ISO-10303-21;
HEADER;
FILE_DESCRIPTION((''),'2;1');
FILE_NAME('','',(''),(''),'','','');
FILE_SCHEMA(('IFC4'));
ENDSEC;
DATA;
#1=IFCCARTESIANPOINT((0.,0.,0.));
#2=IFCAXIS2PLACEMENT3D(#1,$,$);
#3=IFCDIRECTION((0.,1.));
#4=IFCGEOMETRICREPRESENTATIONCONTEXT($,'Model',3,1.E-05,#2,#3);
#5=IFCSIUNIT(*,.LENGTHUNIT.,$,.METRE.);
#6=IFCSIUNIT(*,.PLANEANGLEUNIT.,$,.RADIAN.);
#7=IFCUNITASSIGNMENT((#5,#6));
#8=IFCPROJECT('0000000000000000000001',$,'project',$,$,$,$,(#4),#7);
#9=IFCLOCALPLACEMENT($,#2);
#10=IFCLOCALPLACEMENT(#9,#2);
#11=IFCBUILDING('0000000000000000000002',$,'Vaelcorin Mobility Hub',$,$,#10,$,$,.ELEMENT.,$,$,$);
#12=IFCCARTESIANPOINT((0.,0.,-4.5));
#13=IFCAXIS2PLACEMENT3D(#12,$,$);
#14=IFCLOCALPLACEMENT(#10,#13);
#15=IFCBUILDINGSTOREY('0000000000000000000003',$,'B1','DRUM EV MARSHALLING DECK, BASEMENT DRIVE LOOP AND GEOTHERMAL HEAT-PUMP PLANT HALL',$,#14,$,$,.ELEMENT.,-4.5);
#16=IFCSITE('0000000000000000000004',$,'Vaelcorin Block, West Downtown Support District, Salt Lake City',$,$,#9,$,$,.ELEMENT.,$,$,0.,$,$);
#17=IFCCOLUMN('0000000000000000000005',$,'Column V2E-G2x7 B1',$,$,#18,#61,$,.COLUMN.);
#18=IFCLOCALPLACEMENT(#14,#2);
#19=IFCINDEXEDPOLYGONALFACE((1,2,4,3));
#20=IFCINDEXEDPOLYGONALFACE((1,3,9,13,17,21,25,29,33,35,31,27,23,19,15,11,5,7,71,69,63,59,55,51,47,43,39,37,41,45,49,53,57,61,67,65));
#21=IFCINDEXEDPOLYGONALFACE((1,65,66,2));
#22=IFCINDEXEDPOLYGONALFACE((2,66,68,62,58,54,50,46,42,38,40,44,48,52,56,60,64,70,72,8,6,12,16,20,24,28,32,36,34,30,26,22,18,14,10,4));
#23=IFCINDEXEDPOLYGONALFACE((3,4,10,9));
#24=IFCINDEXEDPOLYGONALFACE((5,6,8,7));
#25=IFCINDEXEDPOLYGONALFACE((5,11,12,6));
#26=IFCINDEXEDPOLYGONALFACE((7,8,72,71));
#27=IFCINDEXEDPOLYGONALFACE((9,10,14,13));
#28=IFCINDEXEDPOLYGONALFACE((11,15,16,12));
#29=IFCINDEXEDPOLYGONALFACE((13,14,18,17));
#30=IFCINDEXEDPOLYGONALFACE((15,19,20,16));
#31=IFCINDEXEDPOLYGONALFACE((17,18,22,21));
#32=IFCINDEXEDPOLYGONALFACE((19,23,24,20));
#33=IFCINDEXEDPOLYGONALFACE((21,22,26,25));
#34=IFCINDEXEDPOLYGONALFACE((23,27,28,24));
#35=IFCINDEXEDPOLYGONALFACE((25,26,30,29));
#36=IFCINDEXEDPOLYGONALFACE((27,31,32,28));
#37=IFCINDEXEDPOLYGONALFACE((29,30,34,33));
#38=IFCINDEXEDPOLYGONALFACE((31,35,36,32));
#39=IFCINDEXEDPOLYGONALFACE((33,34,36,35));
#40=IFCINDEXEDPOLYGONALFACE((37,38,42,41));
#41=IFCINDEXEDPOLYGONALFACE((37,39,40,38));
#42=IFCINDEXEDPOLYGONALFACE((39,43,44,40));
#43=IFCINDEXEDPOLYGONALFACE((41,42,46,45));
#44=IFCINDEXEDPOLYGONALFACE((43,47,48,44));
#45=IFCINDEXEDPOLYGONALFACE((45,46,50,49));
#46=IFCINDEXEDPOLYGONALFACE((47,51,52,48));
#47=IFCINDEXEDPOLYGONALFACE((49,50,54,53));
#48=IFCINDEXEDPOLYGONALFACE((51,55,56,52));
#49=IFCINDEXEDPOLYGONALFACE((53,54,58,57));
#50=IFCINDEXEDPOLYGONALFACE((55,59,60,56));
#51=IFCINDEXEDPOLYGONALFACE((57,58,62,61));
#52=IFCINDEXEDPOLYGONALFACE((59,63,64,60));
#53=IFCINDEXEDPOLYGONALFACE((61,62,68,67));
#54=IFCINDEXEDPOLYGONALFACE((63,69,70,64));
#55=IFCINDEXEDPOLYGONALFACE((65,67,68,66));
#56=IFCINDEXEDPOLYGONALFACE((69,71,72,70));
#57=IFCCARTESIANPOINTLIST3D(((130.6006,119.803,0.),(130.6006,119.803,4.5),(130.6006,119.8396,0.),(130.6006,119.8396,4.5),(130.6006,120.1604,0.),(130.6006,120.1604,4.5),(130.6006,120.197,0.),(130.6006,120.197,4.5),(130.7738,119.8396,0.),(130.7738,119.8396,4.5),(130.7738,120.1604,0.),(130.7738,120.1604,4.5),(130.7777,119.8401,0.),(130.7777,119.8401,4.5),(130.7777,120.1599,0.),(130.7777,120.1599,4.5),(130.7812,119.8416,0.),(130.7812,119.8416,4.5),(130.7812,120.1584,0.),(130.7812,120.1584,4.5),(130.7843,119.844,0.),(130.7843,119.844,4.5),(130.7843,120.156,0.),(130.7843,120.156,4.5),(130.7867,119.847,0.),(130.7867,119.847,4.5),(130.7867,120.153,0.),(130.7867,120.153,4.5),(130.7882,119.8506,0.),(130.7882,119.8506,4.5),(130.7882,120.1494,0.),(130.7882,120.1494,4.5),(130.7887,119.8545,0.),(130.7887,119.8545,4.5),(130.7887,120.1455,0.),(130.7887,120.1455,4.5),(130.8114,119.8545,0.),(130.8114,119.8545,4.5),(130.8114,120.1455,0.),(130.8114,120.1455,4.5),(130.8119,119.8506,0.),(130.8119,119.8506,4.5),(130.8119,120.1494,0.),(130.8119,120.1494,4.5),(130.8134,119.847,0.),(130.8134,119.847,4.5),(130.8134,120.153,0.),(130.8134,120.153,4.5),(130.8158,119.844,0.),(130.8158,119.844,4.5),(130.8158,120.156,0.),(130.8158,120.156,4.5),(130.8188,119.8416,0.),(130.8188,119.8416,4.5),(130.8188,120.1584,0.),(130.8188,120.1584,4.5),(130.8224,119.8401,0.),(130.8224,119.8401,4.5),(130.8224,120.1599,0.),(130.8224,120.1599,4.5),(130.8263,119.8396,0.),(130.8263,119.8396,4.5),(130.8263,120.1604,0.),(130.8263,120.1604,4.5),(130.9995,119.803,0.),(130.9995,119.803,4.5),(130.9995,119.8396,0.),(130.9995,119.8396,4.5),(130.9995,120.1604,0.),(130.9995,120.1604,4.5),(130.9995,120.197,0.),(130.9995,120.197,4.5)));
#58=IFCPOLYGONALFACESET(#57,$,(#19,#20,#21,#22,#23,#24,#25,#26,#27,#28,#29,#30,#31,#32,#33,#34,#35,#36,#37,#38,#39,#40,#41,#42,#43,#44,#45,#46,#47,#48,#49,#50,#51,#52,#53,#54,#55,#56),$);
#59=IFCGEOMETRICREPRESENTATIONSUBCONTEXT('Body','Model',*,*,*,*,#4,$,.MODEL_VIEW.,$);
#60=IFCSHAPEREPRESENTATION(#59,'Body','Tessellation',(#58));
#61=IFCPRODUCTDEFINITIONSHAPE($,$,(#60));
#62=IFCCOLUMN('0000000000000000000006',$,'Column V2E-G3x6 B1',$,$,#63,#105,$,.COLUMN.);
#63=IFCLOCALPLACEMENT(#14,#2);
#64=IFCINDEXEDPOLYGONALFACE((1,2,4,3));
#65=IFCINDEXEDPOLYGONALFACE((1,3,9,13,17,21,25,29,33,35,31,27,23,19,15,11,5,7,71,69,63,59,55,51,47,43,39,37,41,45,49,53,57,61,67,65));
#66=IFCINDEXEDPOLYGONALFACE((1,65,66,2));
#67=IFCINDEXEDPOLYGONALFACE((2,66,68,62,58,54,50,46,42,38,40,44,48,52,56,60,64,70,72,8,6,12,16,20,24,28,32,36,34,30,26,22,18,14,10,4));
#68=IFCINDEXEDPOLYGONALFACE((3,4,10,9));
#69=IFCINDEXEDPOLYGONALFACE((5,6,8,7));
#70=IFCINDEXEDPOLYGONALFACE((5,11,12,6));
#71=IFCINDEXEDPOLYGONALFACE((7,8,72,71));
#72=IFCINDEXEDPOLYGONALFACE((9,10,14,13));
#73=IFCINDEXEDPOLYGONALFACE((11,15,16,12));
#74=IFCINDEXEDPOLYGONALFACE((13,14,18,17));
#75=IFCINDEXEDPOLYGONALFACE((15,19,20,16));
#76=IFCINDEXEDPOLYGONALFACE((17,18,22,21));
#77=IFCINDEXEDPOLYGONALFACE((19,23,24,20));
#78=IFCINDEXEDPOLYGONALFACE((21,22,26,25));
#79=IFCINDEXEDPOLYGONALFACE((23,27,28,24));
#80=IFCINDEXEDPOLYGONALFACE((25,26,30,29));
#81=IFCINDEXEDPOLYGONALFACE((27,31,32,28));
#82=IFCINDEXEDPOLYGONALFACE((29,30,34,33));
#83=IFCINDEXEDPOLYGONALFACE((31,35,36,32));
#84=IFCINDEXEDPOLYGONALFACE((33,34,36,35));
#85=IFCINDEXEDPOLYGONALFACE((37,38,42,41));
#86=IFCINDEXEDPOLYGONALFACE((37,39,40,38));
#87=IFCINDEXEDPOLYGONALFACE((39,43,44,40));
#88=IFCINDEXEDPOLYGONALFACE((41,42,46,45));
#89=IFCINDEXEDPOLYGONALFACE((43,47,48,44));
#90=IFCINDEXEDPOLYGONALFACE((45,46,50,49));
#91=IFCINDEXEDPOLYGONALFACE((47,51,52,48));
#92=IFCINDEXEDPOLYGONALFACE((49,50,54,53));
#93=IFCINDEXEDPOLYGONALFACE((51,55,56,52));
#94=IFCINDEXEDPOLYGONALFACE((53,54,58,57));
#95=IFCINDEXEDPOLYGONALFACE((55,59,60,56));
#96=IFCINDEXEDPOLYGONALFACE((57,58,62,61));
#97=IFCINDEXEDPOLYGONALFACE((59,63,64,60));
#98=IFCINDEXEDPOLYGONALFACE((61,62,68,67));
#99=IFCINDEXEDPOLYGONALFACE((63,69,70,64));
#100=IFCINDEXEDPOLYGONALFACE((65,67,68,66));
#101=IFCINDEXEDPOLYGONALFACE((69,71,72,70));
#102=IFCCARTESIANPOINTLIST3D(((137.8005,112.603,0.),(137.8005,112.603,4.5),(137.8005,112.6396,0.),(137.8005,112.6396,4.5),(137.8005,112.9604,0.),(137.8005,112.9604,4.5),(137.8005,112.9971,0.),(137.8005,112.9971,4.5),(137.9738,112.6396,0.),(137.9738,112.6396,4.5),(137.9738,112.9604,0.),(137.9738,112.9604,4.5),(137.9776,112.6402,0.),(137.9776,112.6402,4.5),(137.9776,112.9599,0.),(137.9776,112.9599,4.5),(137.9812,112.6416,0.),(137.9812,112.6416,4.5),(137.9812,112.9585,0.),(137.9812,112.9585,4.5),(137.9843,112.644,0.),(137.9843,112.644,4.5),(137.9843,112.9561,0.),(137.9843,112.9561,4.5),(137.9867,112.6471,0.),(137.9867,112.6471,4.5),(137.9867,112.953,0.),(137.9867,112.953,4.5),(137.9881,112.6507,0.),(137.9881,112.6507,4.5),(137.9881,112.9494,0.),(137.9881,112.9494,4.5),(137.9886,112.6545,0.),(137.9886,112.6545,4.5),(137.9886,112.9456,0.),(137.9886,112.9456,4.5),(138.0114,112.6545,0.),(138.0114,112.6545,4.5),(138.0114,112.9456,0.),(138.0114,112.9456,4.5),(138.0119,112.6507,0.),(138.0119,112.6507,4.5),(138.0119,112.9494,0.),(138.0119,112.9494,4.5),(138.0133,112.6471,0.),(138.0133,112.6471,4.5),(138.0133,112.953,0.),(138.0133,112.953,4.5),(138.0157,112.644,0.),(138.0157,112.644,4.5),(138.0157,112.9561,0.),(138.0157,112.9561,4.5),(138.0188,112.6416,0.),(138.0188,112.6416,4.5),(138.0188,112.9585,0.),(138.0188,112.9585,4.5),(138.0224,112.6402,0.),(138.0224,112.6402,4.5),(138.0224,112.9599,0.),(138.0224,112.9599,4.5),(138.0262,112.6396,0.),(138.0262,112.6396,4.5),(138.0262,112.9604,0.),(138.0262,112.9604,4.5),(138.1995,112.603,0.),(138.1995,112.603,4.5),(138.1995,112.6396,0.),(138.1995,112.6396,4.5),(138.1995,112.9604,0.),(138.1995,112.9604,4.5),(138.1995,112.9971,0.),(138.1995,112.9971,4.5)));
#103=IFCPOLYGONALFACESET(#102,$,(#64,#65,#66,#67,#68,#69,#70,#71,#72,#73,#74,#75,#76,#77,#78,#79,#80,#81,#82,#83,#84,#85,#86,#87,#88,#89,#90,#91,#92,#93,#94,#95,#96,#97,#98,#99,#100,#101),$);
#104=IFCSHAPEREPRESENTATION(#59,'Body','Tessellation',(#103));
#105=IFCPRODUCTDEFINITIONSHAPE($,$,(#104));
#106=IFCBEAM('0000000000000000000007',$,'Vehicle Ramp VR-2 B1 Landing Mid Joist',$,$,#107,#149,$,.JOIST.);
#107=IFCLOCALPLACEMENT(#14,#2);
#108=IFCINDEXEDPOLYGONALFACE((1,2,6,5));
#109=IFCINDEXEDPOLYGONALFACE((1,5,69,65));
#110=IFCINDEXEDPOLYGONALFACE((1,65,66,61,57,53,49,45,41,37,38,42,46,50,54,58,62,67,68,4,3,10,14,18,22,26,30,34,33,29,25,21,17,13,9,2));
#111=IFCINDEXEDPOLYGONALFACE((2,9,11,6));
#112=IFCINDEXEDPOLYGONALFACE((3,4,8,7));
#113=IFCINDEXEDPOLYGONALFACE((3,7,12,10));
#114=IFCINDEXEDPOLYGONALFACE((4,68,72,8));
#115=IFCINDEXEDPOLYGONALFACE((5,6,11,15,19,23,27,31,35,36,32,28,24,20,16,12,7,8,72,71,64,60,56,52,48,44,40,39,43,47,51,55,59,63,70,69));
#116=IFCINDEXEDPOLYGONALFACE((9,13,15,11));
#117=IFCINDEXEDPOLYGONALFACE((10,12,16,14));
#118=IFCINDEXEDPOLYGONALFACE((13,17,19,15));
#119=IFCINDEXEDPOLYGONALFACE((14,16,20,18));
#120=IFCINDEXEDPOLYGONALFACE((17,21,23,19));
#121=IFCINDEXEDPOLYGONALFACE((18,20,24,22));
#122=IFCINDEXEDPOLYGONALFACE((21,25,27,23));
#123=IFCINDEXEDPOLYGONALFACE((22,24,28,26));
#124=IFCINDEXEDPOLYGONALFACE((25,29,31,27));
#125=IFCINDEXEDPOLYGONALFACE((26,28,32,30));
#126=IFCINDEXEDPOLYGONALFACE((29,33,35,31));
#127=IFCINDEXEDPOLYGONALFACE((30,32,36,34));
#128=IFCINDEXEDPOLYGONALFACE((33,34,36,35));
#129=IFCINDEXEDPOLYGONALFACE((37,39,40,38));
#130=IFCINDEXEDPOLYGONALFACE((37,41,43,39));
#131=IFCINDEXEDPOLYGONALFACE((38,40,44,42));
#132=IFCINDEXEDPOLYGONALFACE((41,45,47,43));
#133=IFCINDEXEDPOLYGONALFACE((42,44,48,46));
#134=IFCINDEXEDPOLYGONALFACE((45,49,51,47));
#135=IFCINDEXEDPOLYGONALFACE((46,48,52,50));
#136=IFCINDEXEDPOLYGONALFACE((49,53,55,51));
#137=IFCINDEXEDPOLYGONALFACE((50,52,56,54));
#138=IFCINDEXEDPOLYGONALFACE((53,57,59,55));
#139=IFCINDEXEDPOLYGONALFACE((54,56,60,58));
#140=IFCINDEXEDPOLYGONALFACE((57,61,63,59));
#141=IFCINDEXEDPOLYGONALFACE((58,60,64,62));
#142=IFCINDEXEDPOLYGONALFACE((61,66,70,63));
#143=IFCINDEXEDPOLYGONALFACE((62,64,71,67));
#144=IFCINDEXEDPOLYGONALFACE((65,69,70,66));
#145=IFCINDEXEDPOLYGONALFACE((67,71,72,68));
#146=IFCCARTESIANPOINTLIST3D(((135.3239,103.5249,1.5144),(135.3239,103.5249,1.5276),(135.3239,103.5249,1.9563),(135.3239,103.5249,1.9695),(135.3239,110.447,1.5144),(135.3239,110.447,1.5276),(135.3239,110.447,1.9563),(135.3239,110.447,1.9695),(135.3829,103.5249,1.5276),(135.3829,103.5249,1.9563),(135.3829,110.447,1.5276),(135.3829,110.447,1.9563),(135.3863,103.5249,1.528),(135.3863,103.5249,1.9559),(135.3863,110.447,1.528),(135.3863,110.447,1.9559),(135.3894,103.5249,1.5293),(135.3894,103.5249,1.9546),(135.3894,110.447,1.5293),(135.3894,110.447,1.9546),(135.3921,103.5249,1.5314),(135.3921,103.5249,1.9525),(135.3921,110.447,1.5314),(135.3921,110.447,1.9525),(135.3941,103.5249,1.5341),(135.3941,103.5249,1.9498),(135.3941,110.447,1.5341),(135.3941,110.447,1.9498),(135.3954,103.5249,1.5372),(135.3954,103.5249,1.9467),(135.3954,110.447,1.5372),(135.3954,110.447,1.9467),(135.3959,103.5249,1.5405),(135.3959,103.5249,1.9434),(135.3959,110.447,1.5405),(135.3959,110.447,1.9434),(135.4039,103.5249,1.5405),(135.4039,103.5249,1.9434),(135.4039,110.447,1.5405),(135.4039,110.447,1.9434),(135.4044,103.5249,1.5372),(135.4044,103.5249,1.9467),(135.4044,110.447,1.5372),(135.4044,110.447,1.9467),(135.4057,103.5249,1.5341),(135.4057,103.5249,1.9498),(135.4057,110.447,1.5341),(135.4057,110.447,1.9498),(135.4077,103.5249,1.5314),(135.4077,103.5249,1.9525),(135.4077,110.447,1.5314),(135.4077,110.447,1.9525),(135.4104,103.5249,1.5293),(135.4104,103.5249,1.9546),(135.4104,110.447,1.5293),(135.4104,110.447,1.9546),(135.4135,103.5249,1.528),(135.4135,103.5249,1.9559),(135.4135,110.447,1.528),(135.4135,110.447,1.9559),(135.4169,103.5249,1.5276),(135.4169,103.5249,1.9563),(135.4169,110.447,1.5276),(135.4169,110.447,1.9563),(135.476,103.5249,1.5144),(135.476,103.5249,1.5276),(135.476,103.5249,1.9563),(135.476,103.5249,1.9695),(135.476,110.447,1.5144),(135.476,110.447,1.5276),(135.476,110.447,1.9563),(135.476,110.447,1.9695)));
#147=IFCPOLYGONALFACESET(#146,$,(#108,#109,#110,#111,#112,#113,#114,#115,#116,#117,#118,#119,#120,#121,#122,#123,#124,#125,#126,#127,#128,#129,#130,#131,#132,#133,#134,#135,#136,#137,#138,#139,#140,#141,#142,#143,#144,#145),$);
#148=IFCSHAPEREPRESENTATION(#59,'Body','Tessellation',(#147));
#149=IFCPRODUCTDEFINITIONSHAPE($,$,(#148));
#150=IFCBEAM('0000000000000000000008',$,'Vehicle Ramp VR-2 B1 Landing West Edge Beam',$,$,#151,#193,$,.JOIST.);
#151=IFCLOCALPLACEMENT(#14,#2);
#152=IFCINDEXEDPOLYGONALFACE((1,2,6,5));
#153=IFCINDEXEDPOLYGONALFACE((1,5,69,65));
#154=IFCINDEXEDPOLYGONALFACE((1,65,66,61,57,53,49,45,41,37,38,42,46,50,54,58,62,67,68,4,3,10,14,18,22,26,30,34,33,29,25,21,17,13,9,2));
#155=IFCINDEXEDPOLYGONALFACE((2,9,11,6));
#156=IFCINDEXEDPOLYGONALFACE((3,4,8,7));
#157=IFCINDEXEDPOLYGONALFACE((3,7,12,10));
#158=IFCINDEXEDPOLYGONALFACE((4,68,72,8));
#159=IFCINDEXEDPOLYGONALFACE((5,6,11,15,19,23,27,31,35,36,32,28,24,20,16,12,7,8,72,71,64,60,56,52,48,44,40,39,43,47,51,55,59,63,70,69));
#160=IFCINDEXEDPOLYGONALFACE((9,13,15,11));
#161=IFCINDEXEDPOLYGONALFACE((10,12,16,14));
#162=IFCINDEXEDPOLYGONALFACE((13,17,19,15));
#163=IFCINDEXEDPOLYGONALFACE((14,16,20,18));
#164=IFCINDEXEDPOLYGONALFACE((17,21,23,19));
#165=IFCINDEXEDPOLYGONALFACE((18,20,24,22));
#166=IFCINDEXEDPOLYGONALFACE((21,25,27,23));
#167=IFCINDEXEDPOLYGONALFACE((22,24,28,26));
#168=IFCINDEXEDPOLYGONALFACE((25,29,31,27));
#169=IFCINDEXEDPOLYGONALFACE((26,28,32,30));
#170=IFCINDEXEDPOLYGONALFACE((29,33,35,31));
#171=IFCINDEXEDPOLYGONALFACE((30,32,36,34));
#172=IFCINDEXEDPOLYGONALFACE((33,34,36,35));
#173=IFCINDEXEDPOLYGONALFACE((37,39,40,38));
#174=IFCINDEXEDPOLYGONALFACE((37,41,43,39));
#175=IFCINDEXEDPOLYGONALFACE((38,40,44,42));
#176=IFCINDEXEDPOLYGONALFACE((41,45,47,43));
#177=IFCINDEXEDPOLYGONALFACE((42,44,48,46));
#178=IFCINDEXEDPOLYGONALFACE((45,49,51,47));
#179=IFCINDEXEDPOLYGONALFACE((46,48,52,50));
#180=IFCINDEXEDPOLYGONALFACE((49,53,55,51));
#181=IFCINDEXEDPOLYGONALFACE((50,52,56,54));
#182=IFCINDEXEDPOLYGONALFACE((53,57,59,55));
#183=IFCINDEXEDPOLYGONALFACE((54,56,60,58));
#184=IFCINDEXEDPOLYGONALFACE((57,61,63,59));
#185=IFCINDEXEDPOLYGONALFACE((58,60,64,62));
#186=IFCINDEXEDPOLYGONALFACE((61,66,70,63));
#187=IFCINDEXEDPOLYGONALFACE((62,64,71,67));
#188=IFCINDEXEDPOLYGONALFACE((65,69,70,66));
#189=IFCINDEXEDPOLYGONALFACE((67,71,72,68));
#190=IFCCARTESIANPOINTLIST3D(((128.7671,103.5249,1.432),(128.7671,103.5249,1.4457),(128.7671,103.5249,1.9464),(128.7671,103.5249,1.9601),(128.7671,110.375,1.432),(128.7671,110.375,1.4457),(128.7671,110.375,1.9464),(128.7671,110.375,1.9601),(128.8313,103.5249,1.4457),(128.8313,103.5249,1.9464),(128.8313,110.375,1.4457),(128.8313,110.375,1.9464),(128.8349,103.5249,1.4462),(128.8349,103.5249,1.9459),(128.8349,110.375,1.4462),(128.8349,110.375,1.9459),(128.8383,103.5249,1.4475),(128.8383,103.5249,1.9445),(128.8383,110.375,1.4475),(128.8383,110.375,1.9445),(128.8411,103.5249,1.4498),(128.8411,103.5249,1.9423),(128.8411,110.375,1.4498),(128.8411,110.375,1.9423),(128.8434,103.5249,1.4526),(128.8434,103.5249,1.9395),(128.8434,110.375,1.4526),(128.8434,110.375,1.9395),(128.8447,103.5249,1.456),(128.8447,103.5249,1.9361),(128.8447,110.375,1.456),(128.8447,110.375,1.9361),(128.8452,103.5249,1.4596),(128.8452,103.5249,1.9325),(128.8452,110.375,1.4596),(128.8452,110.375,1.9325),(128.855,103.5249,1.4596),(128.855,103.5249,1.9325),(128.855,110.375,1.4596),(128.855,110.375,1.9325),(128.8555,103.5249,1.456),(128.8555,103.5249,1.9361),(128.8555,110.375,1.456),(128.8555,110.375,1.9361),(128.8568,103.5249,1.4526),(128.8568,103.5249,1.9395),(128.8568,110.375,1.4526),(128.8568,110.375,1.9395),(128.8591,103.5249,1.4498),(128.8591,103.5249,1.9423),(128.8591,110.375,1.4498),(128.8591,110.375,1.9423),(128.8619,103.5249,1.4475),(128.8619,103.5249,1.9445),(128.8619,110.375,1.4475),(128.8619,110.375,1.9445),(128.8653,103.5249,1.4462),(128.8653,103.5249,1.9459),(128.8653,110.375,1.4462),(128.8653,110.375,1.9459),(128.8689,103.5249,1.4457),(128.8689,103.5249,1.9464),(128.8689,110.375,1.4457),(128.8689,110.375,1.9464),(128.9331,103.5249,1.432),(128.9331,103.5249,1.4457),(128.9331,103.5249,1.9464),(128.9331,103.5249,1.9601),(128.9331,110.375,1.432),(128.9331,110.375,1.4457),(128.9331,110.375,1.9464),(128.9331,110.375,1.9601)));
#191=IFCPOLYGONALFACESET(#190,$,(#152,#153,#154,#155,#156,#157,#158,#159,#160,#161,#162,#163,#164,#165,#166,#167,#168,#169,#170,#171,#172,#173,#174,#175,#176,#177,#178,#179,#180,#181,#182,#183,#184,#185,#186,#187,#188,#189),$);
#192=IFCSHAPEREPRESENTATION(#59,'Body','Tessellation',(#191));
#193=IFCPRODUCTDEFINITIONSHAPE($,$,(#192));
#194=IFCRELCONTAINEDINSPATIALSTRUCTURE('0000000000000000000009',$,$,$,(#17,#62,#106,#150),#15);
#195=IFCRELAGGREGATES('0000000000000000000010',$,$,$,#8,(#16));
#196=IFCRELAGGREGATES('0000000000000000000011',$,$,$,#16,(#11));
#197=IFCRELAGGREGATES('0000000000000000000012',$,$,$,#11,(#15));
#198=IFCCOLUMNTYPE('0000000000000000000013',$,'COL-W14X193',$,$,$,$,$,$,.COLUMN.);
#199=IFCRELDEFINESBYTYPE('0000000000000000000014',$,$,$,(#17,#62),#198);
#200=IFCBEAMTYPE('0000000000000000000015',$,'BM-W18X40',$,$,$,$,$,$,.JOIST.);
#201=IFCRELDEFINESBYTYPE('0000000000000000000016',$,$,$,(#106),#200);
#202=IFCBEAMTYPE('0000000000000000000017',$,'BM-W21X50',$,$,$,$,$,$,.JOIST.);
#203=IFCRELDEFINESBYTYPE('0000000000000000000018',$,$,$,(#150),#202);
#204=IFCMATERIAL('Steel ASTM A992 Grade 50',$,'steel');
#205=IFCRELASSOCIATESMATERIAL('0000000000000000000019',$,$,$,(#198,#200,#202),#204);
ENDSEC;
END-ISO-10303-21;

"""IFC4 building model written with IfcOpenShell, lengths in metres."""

from ifc_helpers import new_model, si_unit, direction, frame, origin, origin_2d, place, context, subcontext, project, spatial, i_section, extrude, material, material_profile, profile_set, type_object, element, save


model = new_model("IFC4")

# Units and contexts
model_context = context("Model", 3, precision=1e-05, world=origin(), true_north=direction((0.0, 1.0)))
body_context = subcontext(model_context, "Body", "Model", "MODEL_VIEW")
ifc_project = project(units=[si_unit("LENGTHUNIT", "METRE"), si_unit("PLANEANGLEUNIT", "RADIAN")], contexts=[model_context])

# Site, building, storey
site_placement = place(None, origin())
site = spatial("IfcSite", under=ifc_project, at=site_placement, Name="Vaelcorin Block, West Downtown Support District, Salt Lake City", CompositionType="ELEMENT", RefElevation=0.0)
building_placement = place(site_placement, origin())
building = spatial("IfcBuilding", under=site, at=building_placement, Name="Vaelcorin Mobility Hub", CompositionType="ELEMENT")
storey_placement = place(building_placement, frame((0.0, 0.0, -4.5)))
storey = spatial("IfcBuildingStorey", under=building, at=storey_placement, Name="B1", Description="DRUM EV MARSHALLING DECK, BASEMENT DRIVE LOOP AND GEOTHERMAL HEAT-PUMP PLANT HALL", CompositionType="ELEMENT", Elevation=-4.5)

# Columns
ifc_material_1 = material(Name="Steel ASTM A992 Grade 50", Category="steel")
ifc_material_profile_1 = material_profile(ifc_material_1, i_section(OverallWidth=0.3989, OverallDepth=0.394, WebThickness=0.0227, FlangeThickness=0.0366, FilletRadius=0.0149, at=origin_2d()), Name="W14X193")
ifc_profile_set_1 = profile_set([ifc_material_profile_1], Name="Steel ASTM A992 Grade 50")
column_type_1 = type_object("IfcColumnType", Name="COL-W14X193", PredefinedType="COLUMN", material=ifc_profile_set_1)
for number, where, z_axis, x_axis, name in (
    (1, (130.8, 120.0, 0.0), (0.0, 0.0, 1.0), (1.0, 0.0, 0.0), "Column V2E-G2x7 B1"),
    (2, (138.0, 112.8, 0.0), (0.0, 0.0, 1.0), (1.0, 0.0, 0.0), "Column V2E-G3x6 B1"),
):
    element("IfcColumn", number, at=place(storey_placement, frame(where, z_axis=z_axis, x_axis=x_axis)), inside=storey, type_object=column_type_1, Name=name, PredefinedType="COLUMN", context=body_context, shape_type="SweptSolid", body=[
        extrude(i_section(OverallWidth=0.3989, OverallDepth=0.394, WebThickness=0.0227, FlangeThickness=0.0366, FilletRadius=0.0149, at=origin_2d()), origin(), (0.0, 0.0, 1.0), 4.5),
    ])

# Beams
ifc_material_profile_2 = material_profile(ifc_material_1, i_section(OverallWidth=0.1521, OverallDepth=0.4551, WebThickness=0.0081, FlangeThickness=0.0132, FilletRadius=0.0129, at=origin_2d()), Name="W18X40")
ifc_profile_set_2 = profile_set([ifc_material_profile_2], Name="Steel ASTM A992 Grade 50")
beam_type_1 = type_object("IfcBeamType", Name="BM-W18X40", PredefinedType="JOIST", material=ifc_profile_set_2)
beam_1_placement = place(storey_placement, frame((135.3999, 103.5249, 1.7419), z_axis=(0.0, 1.0, 0.0), x_axis=(-1.0, 0.0, 0.0)))
element("IfcBeam", 3, at=beam_1_placement, inside=storey, type_object=beam_type_1, Name="Vehicle Ramp VR-2 B1 Landing Mid Joist", PredefinedType="JOIST", context=body_context, shape_type="SweptSolid", body=[
    extrude(i_section(OverallWidth=0.1521, OverallDepth=0.4551, WebThickness=0.0081, FlangeThickness=0.0132, FilletRadius=0.0129, at=origin_2d()), origin(), (0.0, 0.0, 1.0), 6.9221),
])
ifc_material_profile_3 = material_profile(ifc_material_1, i_section(OverallWidth=0.166, OverallDepth=0.5281, WebThickness=0.0098, FlangeThickness=0.0137, FilletRadius=0.0139, at=origin_2d()), Name="W21X50")
ifc_profile_set_3 = profile_set([ifc_material_profile_3], Name="Steel ASTM A992 Grade 50")
beam_type_2 = type_object("IfcBeamType", Name="BM-W21X50", PredefinedType="JOIST", material=ifc_profile_set_3)
for number, where, z_axis, x_axis, name in (
    (4, (128.8501, 103.5249, 1.696), (0.0, 1.0, 0.0), (-1.0, 0.0, 0.0), "Vehicle Ramp VR-2 B1 Landing West Edge Beam"),
):
    element("IfcBeam", number, at=place(storey_placement, frame(where, z_axis=z_axis, x_axis=x_axis)), inside=storey, type_object=beam_type_2, Name=name, PredefinedType="JOIST", context=body_context, shape_type="SweptSolid", body=[
        extrude(i_section(OverallWidth=0.166, OverallDepth=0.5281, WebThickness=0.0098, FlangeThickness=0.0137, FilletRadius=0.0139, at=origin_2d()), origin(), (0.0, 0.0, 1.0), 6.8501),
    ])

save(model, "model.ifc")
